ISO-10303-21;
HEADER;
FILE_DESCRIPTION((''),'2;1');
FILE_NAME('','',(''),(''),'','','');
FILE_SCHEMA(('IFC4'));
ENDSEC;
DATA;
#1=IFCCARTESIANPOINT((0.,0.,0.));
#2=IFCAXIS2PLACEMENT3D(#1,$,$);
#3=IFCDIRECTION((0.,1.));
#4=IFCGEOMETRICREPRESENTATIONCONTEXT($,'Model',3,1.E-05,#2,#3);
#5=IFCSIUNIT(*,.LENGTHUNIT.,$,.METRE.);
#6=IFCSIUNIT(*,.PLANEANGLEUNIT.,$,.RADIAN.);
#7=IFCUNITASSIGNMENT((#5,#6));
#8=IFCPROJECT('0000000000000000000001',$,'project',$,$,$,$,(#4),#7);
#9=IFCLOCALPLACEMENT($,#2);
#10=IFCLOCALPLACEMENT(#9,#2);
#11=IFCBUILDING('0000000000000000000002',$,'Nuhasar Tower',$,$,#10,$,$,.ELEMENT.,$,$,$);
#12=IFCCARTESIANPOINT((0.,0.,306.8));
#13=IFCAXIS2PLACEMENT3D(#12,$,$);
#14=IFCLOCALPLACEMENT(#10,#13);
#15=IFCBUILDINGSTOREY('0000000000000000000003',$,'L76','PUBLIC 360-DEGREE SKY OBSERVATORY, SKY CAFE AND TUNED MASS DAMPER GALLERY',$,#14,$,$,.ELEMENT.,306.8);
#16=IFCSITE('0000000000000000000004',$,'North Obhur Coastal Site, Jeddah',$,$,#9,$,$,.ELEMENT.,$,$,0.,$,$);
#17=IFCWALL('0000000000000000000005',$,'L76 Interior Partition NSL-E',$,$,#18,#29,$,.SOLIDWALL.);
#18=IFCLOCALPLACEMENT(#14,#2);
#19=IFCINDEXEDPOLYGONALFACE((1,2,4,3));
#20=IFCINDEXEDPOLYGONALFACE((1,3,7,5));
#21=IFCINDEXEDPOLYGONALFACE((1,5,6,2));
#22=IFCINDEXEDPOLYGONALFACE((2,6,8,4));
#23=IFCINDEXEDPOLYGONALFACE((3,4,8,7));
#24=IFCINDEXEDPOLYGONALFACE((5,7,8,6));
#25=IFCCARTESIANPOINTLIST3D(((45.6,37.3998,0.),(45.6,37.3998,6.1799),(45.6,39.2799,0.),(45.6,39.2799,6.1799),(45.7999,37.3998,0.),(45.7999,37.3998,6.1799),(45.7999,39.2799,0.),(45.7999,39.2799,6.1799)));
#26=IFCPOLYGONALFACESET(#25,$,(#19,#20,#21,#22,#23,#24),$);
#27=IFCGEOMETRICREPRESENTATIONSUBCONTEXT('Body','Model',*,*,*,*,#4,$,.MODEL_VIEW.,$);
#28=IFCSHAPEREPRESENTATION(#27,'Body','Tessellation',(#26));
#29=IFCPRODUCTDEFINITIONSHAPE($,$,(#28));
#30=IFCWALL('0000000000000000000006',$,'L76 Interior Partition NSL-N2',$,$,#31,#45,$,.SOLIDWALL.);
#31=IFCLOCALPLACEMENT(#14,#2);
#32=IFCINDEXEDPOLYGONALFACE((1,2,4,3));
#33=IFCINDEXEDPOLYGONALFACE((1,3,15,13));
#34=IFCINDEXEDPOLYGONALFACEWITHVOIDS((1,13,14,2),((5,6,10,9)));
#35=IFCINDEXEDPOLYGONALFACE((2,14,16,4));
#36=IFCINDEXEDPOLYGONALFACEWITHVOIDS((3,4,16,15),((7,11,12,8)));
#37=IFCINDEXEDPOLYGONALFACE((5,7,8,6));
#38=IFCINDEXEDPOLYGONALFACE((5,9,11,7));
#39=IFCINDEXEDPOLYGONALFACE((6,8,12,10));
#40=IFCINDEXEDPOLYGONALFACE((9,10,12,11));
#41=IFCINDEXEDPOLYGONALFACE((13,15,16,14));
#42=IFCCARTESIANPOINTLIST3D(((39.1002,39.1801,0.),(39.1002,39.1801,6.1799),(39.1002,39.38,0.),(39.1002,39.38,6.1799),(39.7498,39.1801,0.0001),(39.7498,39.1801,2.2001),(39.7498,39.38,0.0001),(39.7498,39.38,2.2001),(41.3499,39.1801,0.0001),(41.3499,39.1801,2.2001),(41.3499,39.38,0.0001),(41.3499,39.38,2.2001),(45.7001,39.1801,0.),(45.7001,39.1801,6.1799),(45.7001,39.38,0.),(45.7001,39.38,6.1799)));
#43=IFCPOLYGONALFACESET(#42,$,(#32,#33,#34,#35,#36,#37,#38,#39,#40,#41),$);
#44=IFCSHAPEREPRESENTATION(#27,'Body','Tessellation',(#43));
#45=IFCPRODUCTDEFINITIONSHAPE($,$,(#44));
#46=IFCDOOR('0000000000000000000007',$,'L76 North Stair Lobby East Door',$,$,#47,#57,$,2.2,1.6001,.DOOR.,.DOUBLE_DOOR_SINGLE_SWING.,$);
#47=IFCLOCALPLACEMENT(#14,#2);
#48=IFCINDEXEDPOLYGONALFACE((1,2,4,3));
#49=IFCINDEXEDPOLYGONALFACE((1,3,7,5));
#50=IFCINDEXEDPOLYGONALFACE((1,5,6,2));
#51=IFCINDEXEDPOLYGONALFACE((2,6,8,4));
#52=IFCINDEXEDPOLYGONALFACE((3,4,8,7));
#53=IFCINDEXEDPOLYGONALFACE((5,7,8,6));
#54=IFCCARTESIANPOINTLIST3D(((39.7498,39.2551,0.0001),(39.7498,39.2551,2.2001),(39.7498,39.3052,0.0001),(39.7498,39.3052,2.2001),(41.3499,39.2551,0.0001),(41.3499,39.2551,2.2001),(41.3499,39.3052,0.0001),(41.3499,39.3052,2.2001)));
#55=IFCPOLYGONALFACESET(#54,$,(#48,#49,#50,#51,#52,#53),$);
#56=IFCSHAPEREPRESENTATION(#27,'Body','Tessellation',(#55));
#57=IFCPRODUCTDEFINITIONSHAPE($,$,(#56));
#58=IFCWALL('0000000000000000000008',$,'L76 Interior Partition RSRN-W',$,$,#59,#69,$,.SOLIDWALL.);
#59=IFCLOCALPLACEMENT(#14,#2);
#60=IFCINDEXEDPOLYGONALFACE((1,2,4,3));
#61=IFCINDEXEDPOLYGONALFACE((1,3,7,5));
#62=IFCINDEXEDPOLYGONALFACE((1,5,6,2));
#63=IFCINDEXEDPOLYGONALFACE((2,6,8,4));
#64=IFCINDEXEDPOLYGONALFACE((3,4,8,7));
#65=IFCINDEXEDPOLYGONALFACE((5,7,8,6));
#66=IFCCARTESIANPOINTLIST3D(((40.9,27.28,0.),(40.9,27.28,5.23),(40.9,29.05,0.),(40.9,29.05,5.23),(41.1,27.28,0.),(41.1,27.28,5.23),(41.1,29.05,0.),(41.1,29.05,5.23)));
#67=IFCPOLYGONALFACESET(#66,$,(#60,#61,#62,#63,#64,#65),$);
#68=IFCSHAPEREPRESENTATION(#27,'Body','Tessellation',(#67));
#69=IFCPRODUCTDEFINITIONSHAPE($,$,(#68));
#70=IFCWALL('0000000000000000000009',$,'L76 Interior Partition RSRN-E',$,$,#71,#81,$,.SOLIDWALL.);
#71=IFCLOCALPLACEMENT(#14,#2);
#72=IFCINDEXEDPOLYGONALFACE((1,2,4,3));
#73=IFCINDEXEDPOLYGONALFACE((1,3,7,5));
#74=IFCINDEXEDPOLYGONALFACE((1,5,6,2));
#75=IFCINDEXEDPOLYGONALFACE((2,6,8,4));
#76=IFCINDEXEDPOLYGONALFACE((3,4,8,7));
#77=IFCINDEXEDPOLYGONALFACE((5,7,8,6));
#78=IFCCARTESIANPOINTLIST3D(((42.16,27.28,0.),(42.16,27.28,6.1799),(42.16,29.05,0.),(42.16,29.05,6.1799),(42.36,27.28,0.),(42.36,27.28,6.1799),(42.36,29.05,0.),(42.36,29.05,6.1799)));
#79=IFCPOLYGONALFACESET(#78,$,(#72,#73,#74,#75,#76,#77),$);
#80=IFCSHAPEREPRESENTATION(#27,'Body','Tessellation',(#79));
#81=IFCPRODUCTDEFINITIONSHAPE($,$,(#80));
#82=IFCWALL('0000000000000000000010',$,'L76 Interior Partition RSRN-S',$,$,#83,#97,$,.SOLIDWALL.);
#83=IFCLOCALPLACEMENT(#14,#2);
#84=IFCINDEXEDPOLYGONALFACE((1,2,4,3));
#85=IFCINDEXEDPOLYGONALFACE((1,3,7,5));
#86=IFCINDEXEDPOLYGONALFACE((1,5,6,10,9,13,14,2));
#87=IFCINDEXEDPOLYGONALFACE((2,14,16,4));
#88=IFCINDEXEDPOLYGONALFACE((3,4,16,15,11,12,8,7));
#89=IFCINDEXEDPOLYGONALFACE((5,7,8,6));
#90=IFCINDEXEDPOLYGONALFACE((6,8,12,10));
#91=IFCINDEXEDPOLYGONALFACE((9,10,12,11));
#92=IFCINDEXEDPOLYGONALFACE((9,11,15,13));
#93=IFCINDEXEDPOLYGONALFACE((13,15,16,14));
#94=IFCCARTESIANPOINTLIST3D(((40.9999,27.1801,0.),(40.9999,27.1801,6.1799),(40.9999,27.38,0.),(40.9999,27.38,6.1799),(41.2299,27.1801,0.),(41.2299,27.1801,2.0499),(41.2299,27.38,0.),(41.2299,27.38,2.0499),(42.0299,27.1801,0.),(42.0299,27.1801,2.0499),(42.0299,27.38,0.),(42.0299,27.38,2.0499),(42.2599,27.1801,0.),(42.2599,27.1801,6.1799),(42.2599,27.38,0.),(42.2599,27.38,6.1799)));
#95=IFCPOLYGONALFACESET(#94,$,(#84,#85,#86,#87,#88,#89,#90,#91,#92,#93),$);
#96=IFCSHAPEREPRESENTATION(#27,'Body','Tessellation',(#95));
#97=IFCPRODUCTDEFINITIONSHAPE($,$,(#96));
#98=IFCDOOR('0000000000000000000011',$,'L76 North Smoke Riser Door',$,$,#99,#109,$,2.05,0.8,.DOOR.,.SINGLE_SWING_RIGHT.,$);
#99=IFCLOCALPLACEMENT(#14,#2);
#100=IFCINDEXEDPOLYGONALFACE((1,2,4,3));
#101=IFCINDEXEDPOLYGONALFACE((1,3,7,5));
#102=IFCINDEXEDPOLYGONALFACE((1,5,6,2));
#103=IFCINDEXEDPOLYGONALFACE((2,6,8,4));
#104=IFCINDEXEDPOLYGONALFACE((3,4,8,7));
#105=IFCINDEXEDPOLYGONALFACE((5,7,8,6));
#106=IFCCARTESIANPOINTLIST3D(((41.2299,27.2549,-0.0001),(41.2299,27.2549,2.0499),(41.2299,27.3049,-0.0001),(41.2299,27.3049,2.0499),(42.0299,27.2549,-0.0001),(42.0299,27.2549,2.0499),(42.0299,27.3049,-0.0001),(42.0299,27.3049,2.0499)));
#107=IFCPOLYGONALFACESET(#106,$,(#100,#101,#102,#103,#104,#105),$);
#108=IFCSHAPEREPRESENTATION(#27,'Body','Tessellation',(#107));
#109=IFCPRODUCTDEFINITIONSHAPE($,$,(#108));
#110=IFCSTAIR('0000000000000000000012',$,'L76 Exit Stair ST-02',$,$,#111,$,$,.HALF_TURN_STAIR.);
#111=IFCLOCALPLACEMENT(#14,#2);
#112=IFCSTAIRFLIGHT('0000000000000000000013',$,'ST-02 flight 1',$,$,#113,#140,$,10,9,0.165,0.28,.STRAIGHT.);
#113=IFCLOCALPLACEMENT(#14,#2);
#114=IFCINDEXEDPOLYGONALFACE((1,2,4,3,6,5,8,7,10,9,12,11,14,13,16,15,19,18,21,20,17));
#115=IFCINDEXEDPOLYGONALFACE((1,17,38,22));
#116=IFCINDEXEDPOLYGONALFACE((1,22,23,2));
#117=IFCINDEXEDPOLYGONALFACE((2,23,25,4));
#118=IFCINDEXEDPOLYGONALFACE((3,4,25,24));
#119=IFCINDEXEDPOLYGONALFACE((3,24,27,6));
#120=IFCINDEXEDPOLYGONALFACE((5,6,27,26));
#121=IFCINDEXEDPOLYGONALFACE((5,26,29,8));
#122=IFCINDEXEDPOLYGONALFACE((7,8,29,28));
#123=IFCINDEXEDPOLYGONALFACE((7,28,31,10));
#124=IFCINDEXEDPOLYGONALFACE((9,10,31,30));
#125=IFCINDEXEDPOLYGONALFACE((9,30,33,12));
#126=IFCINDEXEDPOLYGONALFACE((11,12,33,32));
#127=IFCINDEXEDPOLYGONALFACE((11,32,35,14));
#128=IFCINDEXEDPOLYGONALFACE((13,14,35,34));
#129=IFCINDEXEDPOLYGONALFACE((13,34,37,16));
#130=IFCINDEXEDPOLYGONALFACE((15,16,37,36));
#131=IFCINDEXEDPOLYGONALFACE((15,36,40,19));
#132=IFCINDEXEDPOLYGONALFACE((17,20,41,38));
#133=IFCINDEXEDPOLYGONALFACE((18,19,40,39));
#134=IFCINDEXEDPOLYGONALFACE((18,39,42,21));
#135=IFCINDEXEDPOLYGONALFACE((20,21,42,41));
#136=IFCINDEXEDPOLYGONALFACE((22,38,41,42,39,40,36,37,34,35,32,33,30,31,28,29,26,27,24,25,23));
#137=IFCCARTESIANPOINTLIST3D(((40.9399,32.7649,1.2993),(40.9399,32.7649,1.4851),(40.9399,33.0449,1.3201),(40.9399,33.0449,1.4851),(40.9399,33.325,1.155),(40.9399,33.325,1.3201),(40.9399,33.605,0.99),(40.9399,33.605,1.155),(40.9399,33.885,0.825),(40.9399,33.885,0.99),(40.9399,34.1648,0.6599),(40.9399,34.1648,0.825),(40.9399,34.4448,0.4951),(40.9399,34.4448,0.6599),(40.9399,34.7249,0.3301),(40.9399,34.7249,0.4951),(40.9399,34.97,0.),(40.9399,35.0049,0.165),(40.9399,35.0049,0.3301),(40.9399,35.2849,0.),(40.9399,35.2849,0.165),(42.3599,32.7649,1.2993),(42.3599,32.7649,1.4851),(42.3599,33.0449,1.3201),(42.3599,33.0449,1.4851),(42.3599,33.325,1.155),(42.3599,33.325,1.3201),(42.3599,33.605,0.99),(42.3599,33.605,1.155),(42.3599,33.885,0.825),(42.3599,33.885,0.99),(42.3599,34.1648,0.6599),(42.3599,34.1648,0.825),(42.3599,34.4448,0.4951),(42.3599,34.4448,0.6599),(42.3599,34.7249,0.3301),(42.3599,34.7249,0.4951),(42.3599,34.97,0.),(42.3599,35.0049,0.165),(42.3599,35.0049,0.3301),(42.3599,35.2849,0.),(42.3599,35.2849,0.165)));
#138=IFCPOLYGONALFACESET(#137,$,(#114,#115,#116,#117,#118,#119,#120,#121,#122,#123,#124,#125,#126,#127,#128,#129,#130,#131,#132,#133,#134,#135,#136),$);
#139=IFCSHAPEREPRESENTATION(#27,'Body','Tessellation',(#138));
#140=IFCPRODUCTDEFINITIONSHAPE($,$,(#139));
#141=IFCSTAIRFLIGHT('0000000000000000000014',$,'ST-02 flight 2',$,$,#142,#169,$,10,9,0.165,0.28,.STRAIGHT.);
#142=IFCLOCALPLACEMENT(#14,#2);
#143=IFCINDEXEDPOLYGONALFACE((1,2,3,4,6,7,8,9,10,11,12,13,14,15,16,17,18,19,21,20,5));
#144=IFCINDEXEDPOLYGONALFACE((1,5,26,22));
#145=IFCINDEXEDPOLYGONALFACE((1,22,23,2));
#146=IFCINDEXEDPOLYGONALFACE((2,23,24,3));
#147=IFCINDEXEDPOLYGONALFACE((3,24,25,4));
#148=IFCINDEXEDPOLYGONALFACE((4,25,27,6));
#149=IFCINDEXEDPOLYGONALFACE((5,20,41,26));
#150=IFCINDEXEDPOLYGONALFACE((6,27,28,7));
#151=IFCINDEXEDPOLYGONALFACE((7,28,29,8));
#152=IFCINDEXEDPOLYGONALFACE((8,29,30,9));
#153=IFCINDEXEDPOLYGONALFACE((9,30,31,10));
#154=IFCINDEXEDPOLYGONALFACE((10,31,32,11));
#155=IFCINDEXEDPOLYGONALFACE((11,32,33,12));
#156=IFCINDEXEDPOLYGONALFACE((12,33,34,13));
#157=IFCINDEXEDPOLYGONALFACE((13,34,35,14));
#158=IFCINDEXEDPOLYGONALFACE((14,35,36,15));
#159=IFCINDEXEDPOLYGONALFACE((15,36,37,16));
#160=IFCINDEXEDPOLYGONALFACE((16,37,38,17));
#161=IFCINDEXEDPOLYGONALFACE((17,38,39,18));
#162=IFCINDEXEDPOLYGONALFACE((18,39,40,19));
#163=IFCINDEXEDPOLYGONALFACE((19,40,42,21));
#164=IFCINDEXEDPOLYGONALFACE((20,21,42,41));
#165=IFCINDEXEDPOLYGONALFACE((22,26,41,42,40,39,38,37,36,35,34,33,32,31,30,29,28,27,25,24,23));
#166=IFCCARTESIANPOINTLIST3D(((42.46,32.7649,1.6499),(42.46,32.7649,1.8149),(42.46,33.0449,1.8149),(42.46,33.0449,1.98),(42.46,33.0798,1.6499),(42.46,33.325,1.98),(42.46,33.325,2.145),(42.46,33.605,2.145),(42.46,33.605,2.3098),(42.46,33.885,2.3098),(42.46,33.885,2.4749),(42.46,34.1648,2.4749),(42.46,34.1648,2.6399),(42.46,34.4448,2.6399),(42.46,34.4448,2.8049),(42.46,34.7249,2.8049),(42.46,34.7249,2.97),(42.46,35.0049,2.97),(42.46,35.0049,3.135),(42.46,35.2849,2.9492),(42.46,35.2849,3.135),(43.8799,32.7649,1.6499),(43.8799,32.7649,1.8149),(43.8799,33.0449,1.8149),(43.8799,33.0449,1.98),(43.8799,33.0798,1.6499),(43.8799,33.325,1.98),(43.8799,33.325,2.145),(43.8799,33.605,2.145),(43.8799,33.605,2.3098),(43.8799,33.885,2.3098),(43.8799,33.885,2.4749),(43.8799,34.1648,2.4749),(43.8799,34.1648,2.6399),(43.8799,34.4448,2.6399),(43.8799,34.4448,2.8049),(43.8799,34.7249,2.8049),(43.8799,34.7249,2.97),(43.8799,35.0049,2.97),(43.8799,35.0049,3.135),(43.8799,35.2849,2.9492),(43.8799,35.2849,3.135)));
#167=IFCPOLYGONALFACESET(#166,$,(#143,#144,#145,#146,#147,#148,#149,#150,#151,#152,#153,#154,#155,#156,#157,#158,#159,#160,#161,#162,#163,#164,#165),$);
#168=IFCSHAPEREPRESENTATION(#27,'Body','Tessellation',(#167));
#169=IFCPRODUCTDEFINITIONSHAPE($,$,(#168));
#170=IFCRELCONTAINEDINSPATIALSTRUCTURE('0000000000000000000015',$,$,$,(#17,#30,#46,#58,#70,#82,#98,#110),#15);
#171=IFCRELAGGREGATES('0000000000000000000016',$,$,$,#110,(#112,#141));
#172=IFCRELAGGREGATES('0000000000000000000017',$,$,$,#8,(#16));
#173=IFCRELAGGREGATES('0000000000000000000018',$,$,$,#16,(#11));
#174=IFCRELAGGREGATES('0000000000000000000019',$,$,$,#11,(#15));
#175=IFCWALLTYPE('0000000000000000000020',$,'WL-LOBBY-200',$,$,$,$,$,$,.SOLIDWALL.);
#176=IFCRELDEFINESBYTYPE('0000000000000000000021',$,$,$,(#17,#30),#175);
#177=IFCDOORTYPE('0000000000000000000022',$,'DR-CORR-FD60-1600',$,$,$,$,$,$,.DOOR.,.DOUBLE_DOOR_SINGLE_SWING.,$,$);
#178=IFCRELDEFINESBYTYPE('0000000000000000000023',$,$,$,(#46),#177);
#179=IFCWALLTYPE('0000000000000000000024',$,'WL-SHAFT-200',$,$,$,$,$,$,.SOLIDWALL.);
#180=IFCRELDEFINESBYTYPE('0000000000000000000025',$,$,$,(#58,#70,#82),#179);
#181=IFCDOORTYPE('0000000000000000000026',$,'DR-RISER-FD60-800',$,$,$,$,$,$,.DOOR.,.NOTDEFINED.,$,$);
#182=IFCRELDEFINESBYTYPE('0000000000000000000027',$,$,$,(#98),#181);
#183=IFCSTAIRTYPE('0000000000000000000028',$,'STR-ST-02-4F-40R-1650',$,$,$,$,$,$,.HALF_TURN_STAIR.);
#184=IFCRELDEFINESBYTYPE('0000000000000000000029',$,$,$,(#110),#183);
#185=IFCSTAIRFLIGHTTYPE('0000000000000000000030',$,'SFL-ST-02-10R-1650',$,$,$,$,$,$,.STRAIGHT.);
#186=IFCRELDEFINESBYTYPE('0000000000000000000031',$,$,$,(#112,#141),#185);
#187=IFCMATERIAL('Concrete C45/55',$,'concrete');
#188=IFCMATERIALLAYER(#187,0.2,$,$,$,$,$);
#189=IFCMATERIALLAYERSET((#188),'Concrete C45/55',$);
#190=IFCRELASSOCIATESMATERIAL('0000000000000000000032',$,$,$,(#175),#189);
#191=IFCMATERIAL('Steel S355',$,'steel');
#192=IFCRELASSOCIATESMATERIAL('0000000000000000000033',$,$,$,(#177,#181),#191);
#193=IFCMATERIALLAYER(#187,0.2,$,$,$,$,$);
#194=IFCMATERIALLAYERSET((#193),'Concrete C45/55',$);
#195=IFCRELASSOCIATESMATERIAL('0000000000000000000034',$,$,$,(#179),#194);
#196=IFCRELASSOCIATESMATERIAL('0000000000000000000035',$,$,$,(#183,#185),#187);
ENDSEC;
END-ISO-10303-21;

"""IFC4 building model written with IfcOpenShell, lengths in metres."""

from ifc_helpers import new_model, si_unit, direction, frame, frame_2d, origin, place, context, subcontext, project, spatial, polyline, rectangle, outline, extrude, material, layer, layer_set, type_object, element, fill, aggregate, save


model = new_model("IFC4")

# Units and contexts
model_context = context("Model", 3, precision=1e-05, world=origin(), true_north=direction((0.0, 1.0)))
body_context = subcontext(model_context, "Body", "Model", "MODEL_VIEW")
ifc_project = project(units=[si_unit("LENGTHUNIT", "METRE"), si_unit("PLANEANGLEUNIT", "RADIAN")], contexts=[model_context])

# Site, building, storey
site_placement = place(None, origin())
site = spatial("IfcSite", under=ifc_project, at=site_placement, Name="North Obhur Coastal Site, Jeddah", CompositionType="ELEMENT", RefElevation=0.0)
building_placement = place(site_placement, origin())
building = spatial("IfcBuilding", under=site, at=building_placement, Name="Nuhasar Tower", CompositionType="ELEMENT")
storey_placement = place(building_placement, frame((0.0, 0.0, 306.8)))
storey = spatial("IfcBuildingStorey", under=building, at=storey_placement, Name="L76", Description="PUBLIC 360-DEGREE SKY OBSERVATORY, SKY CAFE AND TUNED MASS DAMPER GALLERY", CompositionType="ELEMENT", Elevation=306.8)

# Shared definitions
ifc_material_1 = material(Name="Steel S355", Category="steel")

# Wall
ifc_material_2 = material(Name="Concrete C45/55", Category="concrete")
ifc_layer_1 = layer(ifc_material_2, 0.2)
ifc_layer_set_1 = layer_set([ifc_layer_1], Name="Concrete C45/55")
wall_type_1 = type_object("IfcWallType", Name="WL-LOBBY-200", PredefinedType="SOLIDWALL", material=ifc_layer_set_1)
wall_1_placement = place(storey_placement, frame((45.7, 37.3999, 0.0), z_axis=(0.0, 0.0, 1.0), x_axis=(0.0, 1.0, 0.0)))
element("IfcWall", 1, at=wall_1_placement, inside=storey, type_object=wall_type_1, Name="L76 Interior Partition NSL-E", PredefinedType="SOLIDWALL", context=body_context, shape_type="SweptSolid", body=[
    extrude(rectangle(XDim=1.8801, YDim=0.2, at=frame_2d((0.9399, 0.0))), origin(), (0.0, 0.0, 1.0), 6.1799),
])

# Wall, opening, door
wall_2_placement = place(storey_placement, frame((45.7, 39.28, 0.0), z_axis=(0.0, 0.0, 1.0), x_axis=(-1.0, 0.0, 0.0)))
wall_2 = element("IfcWall", 2, at=wall_2_placement, inside=storey, type_object=wall_type_1, Name="L76 Interior Partition NSL-N2", PredefinedType="SOLIDWALL", context=body_context, shape_type="SweptSolid", body=[
    extrude(rectangle(XDim=6.5999, YDim=0.2, at=frame_2d((3.2998, 0.0))), origin(), (0.0, 0.0, 1.0), 6.1799),
])
opening_1_placement = place(wall_2_placement, frame((4.3501, 0.0, 0.0)))
opening_1 = element("IfcOpeningElement", 3, at=opening_1_placement, cuts=wall_2, PredefinedType="OPENING", context=body_context, shape_type="SweptSolid", body=[
    extrude(rectangle(XDim=1.6001, YDim=2.2, at=frame_2d((0.8, 1.1001))), frame((0.0, 0.1099, 0.0), z_axis=(0.0, -1.0, 0.0), x_axis=(1.0, 0.0, 0.0)), (0.0, 0.0, 1.0), 0.22),
])
door_type_1 = type_object("IfcDoorType", Name="DR-CORR-FD60-1600", OperationType="DOUBLE_DOOR_SINGLE_SWING", PredefinedType="DOOR", material=ifc_material_1)
door_1_placement = place(opening_1_placement, origin())
door_1 = element("IfcDoor", 4, at=door_1_placement, inside=storey, type_object=door_type_1, Name="L76 North Stair Lobby East Door", OperationType="DOUBLE_DOOR_SINGLE_SWING", OverallHeight=2.2, OverallWidth=1.6001, PredefinedType="DOOR", context=body_context, shape_type="SweptSolid", body=[
    extrude(rectangle(XDim=1.6001, YDim=2.2, at=frame_2d((0.8, 1.1001))), frame((0.0, 0.0249, 0.0), z_axis=(0.0, -1.0, 0.0), x_axis=(1.0, 0.0, 0.0)), (0.0, 0.0, 1.0), 0.05),
])
fill(opening_1, door_1)

# Walls
ifc_layer_2 = layer(ifc_material_2, 0.2)
ifc_layer_set_2 = layer_set([ifc_layer_2], Name="Concrete C45/55")
wall_type_2 = type_object("IfcWallType", Name="WL-SHAFT-200", PredefinedType="SOLIDWALL", material=ifc_layer_set_2)
wall_3_placement = place(storey_placement, frame((41.0, 27.28, 0.0), z_axis=(0.0, 0.0, 1.0), x_axis=(0.0, 1.0, 0.0)))
element("IfcWall", 5, at=wall_3_placement, inside=storey, type_object=wall_type_2, Name="L76 Interior Partition RSRN-W", PredefinedType="SOLIDWALL", context=body_context, shape_type="SweptSolid", body=[
    extrude(rectangle(XDim=1.77, YDim=0.2, at=frame_2d((0.885, 0.0))), origin(), (0.0, 0.0, 1.0), 5.23),
])
wall_4_placement = place(storey_placement, frame((42.26, 27.28, 0.0), z_axis=(0.0, 0.0, 1.0), x_axis=(0.0, 1.0, 0.0)))
element("IfcWall", 6, at=wall_4_placement, inside=storey, type_object=wall_type_2, Name="L76 Interior Partition RSRN-E", PredefinedType="SOLIDWALL", context=body_context, shape_type="SweptSolid", body=[
    extrude(rectangle(XDim=1.77, YDim=0.2, at=frame_2d((0.885, 0.0))), origin(), (0.0, 0.0, 1.0), 6.1799),
])

# Wall, opening, door
wall_5_placement = place(storey_placement, frame((41.0, 27.28, 0.0), z_axis=(0.0, 0.0, 1.0), x_axis=(1.0, 0.0, 0.0)))
wall_5 = element("IfcWall", 7, at=wall_5_placement, inside=storey, type_object=wall_type_2, Name="L76 Interior Partition RSRN-S", PredefinedType="SOLIDWALL", context=body_context, shape_type="SweptSolid", body=[
    extrude(rectangle(XDim=1.26, YDim=0.2, at=frame_2d((0.6299, 0.0))), origin(), (0.0, 0.0, 1.0), 6.1799),
])
opening_2_placement = place(wall_5_placement, frame((0.23, 0.0, 0.0)))
opening_2 = element("IfcOpeningElement", 8, at=opening_2_placement, cuts=wall_5, PredefinedType="OPENING", context=body_context, shape_type="SweptSolid", body=[
    extrude(rectangle(XDim=0.8, YDim=2.05, at=frame_2d((0.3999, 1.0249))), frame((0.0, 0.1099, 0.0), z_axis=(0.0, -1.0, 0.0), x_axis=(1.0, 0.0, 0.0)), (0.0, 0.0, 1.0), 0.22),
])
door_type_2 = type_object("IfcDoorType", Name="DR-RISER-FD60-800", OperationType="NOTDEFINED", PredefinedType="DOOR", material=ifc_material_1)
door_2_placement = place(opening_2_placement, origin())
door_2 = element("IfcDoor", 9, at=door_2_placement, inside=storey, type_object=door_type_2, Name="L76 North Smoke Riser Door", OperationType="SINGLE_SWING_RIGHT", OverallHeight=2.05, OverallWidth=0.8, PredefinedType="DOOR", context=body_context, shape_type="SweptSolid", body=[
    extrude(rectangle(XDim=0.8, YDim=2.05, at=frame_2d((0.3999, 1.0249))), frame((0.0, 0.0249, 0.0), z_axis=(0.0, -1.0, 0.0), x_axis=(1.0, 0.0, 0.0)), (0.0, 0.0, 1.0), 0.05),
])
fill(opening_2, door_2)

# Stair, stair flights
stair_type = type_object("IfcStairType", Name="STR-ST-02-4F-40R-1650", PredefinedType="HALF_TURN_STAIR", material=ifc_material_2)
stair_placement = place(storey_placement, origin())
stair = element("IfcStair", 10, at=stair_placement, inside=storey, type_object=stair_type, Name="L76 Exit Stair ST-02", PredefinedType="HALF_TURN_STAIR")
stair_flight_type = type_object("IfcStairFlightType", Name="SFL-ST-02-10R-1650", PredefinedType="STRAIGHT", material=ifc_material_2)
stair_flight_1_placement = place(storey_placement, frame((41.6499, 35.2849, 0.0), z_axis=(0.0, 0.0, 1.0), x_axis=(0.0, -1.0, 0.0)))
stair_flight_1 = element("IfcStairFlight", 11, at=stair_flight_1_placement, type_object=stair_flight_type, Name="ST-02 flight 1", NumberOfRisers=10, NumberOfTreads=9, PredefinedType="STRAIGHT", RiserHeight=0.165, TreadLength=0.28, context=body_context, shape_type="SweptSolid", body=[
    extrude(outline(polyline([(0.0, 0.0), (0.0, 0.165), (0.28, 0.165), (0.28, 0.3301), (0.5601, 0.3301), (0.5601, 0.4951), (0.8401, 0.4951), (0.8401, 0.6599), (1.1201, 0.6599), (1.1201, 0.825), (1.3999, 0.825), (1.3999, 0.99), (1.6799, 0.99), (1.6799, 1.155), (1.96, 1.155), (1.96, 1.3201), (2.24, 1.3201), (2.24, 1.4851), (2.52, 1.4851), (2.52, 1.6499), (2.52, 1.2993), (0.3149, 0.0), (0.0, 0.0)])), frame((0.0, 0.71, 0.0), z_axis=(0.0, -1.0, 0.0), x_axis=(1.0, 0.0, 0.0)), (0.0, 0.0, 1.0), 1.4199),
])
stair_flight_2_placement = place(storey_placement, frame((43.1699, 32.7649, 1.6499), z_axis=(0.0, 0.0, 1.0), x_axis=(0.0, 1.0, 0.0)))
stair_flight_2 = element("IfcStairFlight", 12, at=stair_flight_2_placement, type_object=stair_flight_type, Name="ST-02 flight 2", NumberOfRisers=10, NumberOfTreads=9, PredefinedType="STRAIGHT", RiserHeight=0.165, TreadLength=0.28, context=body_context, shape_type="SweptSolid", body=[
    extrude(outline(polyline([(0.0, 0.0), (0.0, 0.165), (0.28, 0.165), (0.28, 0.3301), (0.5601, 0.3301), (0.5601, 0.4951), (0.8401, 0.4951), (0.8401, 0.6599), (1.1201, 0.6599), (1.1201, 0.825), (1.3999, 0.825), (1.3999, 0.99), (1.6799, 0.99), (1.6799, 1.155), (1.96, 1.155), (1.96, 1.3201), (2.24, 1.3201), (2.24, 1.4851), (2.52, 1.4851), (2.52, 1.6499), (2.52, 1.2993), (0.3149, 0.0), (0.0, 0.0)])), frame((0.0, 0.71, 0.0), z_axis=(0.0, -1.0, 0.0), x_axis=(1.0, 0.0, 0.0)), (0.0, 0.0, 1.0), 1.4199),
])
aggregate(stair, [stair_flight_1, stair_flight_2])

save(model, "model.ifc")
